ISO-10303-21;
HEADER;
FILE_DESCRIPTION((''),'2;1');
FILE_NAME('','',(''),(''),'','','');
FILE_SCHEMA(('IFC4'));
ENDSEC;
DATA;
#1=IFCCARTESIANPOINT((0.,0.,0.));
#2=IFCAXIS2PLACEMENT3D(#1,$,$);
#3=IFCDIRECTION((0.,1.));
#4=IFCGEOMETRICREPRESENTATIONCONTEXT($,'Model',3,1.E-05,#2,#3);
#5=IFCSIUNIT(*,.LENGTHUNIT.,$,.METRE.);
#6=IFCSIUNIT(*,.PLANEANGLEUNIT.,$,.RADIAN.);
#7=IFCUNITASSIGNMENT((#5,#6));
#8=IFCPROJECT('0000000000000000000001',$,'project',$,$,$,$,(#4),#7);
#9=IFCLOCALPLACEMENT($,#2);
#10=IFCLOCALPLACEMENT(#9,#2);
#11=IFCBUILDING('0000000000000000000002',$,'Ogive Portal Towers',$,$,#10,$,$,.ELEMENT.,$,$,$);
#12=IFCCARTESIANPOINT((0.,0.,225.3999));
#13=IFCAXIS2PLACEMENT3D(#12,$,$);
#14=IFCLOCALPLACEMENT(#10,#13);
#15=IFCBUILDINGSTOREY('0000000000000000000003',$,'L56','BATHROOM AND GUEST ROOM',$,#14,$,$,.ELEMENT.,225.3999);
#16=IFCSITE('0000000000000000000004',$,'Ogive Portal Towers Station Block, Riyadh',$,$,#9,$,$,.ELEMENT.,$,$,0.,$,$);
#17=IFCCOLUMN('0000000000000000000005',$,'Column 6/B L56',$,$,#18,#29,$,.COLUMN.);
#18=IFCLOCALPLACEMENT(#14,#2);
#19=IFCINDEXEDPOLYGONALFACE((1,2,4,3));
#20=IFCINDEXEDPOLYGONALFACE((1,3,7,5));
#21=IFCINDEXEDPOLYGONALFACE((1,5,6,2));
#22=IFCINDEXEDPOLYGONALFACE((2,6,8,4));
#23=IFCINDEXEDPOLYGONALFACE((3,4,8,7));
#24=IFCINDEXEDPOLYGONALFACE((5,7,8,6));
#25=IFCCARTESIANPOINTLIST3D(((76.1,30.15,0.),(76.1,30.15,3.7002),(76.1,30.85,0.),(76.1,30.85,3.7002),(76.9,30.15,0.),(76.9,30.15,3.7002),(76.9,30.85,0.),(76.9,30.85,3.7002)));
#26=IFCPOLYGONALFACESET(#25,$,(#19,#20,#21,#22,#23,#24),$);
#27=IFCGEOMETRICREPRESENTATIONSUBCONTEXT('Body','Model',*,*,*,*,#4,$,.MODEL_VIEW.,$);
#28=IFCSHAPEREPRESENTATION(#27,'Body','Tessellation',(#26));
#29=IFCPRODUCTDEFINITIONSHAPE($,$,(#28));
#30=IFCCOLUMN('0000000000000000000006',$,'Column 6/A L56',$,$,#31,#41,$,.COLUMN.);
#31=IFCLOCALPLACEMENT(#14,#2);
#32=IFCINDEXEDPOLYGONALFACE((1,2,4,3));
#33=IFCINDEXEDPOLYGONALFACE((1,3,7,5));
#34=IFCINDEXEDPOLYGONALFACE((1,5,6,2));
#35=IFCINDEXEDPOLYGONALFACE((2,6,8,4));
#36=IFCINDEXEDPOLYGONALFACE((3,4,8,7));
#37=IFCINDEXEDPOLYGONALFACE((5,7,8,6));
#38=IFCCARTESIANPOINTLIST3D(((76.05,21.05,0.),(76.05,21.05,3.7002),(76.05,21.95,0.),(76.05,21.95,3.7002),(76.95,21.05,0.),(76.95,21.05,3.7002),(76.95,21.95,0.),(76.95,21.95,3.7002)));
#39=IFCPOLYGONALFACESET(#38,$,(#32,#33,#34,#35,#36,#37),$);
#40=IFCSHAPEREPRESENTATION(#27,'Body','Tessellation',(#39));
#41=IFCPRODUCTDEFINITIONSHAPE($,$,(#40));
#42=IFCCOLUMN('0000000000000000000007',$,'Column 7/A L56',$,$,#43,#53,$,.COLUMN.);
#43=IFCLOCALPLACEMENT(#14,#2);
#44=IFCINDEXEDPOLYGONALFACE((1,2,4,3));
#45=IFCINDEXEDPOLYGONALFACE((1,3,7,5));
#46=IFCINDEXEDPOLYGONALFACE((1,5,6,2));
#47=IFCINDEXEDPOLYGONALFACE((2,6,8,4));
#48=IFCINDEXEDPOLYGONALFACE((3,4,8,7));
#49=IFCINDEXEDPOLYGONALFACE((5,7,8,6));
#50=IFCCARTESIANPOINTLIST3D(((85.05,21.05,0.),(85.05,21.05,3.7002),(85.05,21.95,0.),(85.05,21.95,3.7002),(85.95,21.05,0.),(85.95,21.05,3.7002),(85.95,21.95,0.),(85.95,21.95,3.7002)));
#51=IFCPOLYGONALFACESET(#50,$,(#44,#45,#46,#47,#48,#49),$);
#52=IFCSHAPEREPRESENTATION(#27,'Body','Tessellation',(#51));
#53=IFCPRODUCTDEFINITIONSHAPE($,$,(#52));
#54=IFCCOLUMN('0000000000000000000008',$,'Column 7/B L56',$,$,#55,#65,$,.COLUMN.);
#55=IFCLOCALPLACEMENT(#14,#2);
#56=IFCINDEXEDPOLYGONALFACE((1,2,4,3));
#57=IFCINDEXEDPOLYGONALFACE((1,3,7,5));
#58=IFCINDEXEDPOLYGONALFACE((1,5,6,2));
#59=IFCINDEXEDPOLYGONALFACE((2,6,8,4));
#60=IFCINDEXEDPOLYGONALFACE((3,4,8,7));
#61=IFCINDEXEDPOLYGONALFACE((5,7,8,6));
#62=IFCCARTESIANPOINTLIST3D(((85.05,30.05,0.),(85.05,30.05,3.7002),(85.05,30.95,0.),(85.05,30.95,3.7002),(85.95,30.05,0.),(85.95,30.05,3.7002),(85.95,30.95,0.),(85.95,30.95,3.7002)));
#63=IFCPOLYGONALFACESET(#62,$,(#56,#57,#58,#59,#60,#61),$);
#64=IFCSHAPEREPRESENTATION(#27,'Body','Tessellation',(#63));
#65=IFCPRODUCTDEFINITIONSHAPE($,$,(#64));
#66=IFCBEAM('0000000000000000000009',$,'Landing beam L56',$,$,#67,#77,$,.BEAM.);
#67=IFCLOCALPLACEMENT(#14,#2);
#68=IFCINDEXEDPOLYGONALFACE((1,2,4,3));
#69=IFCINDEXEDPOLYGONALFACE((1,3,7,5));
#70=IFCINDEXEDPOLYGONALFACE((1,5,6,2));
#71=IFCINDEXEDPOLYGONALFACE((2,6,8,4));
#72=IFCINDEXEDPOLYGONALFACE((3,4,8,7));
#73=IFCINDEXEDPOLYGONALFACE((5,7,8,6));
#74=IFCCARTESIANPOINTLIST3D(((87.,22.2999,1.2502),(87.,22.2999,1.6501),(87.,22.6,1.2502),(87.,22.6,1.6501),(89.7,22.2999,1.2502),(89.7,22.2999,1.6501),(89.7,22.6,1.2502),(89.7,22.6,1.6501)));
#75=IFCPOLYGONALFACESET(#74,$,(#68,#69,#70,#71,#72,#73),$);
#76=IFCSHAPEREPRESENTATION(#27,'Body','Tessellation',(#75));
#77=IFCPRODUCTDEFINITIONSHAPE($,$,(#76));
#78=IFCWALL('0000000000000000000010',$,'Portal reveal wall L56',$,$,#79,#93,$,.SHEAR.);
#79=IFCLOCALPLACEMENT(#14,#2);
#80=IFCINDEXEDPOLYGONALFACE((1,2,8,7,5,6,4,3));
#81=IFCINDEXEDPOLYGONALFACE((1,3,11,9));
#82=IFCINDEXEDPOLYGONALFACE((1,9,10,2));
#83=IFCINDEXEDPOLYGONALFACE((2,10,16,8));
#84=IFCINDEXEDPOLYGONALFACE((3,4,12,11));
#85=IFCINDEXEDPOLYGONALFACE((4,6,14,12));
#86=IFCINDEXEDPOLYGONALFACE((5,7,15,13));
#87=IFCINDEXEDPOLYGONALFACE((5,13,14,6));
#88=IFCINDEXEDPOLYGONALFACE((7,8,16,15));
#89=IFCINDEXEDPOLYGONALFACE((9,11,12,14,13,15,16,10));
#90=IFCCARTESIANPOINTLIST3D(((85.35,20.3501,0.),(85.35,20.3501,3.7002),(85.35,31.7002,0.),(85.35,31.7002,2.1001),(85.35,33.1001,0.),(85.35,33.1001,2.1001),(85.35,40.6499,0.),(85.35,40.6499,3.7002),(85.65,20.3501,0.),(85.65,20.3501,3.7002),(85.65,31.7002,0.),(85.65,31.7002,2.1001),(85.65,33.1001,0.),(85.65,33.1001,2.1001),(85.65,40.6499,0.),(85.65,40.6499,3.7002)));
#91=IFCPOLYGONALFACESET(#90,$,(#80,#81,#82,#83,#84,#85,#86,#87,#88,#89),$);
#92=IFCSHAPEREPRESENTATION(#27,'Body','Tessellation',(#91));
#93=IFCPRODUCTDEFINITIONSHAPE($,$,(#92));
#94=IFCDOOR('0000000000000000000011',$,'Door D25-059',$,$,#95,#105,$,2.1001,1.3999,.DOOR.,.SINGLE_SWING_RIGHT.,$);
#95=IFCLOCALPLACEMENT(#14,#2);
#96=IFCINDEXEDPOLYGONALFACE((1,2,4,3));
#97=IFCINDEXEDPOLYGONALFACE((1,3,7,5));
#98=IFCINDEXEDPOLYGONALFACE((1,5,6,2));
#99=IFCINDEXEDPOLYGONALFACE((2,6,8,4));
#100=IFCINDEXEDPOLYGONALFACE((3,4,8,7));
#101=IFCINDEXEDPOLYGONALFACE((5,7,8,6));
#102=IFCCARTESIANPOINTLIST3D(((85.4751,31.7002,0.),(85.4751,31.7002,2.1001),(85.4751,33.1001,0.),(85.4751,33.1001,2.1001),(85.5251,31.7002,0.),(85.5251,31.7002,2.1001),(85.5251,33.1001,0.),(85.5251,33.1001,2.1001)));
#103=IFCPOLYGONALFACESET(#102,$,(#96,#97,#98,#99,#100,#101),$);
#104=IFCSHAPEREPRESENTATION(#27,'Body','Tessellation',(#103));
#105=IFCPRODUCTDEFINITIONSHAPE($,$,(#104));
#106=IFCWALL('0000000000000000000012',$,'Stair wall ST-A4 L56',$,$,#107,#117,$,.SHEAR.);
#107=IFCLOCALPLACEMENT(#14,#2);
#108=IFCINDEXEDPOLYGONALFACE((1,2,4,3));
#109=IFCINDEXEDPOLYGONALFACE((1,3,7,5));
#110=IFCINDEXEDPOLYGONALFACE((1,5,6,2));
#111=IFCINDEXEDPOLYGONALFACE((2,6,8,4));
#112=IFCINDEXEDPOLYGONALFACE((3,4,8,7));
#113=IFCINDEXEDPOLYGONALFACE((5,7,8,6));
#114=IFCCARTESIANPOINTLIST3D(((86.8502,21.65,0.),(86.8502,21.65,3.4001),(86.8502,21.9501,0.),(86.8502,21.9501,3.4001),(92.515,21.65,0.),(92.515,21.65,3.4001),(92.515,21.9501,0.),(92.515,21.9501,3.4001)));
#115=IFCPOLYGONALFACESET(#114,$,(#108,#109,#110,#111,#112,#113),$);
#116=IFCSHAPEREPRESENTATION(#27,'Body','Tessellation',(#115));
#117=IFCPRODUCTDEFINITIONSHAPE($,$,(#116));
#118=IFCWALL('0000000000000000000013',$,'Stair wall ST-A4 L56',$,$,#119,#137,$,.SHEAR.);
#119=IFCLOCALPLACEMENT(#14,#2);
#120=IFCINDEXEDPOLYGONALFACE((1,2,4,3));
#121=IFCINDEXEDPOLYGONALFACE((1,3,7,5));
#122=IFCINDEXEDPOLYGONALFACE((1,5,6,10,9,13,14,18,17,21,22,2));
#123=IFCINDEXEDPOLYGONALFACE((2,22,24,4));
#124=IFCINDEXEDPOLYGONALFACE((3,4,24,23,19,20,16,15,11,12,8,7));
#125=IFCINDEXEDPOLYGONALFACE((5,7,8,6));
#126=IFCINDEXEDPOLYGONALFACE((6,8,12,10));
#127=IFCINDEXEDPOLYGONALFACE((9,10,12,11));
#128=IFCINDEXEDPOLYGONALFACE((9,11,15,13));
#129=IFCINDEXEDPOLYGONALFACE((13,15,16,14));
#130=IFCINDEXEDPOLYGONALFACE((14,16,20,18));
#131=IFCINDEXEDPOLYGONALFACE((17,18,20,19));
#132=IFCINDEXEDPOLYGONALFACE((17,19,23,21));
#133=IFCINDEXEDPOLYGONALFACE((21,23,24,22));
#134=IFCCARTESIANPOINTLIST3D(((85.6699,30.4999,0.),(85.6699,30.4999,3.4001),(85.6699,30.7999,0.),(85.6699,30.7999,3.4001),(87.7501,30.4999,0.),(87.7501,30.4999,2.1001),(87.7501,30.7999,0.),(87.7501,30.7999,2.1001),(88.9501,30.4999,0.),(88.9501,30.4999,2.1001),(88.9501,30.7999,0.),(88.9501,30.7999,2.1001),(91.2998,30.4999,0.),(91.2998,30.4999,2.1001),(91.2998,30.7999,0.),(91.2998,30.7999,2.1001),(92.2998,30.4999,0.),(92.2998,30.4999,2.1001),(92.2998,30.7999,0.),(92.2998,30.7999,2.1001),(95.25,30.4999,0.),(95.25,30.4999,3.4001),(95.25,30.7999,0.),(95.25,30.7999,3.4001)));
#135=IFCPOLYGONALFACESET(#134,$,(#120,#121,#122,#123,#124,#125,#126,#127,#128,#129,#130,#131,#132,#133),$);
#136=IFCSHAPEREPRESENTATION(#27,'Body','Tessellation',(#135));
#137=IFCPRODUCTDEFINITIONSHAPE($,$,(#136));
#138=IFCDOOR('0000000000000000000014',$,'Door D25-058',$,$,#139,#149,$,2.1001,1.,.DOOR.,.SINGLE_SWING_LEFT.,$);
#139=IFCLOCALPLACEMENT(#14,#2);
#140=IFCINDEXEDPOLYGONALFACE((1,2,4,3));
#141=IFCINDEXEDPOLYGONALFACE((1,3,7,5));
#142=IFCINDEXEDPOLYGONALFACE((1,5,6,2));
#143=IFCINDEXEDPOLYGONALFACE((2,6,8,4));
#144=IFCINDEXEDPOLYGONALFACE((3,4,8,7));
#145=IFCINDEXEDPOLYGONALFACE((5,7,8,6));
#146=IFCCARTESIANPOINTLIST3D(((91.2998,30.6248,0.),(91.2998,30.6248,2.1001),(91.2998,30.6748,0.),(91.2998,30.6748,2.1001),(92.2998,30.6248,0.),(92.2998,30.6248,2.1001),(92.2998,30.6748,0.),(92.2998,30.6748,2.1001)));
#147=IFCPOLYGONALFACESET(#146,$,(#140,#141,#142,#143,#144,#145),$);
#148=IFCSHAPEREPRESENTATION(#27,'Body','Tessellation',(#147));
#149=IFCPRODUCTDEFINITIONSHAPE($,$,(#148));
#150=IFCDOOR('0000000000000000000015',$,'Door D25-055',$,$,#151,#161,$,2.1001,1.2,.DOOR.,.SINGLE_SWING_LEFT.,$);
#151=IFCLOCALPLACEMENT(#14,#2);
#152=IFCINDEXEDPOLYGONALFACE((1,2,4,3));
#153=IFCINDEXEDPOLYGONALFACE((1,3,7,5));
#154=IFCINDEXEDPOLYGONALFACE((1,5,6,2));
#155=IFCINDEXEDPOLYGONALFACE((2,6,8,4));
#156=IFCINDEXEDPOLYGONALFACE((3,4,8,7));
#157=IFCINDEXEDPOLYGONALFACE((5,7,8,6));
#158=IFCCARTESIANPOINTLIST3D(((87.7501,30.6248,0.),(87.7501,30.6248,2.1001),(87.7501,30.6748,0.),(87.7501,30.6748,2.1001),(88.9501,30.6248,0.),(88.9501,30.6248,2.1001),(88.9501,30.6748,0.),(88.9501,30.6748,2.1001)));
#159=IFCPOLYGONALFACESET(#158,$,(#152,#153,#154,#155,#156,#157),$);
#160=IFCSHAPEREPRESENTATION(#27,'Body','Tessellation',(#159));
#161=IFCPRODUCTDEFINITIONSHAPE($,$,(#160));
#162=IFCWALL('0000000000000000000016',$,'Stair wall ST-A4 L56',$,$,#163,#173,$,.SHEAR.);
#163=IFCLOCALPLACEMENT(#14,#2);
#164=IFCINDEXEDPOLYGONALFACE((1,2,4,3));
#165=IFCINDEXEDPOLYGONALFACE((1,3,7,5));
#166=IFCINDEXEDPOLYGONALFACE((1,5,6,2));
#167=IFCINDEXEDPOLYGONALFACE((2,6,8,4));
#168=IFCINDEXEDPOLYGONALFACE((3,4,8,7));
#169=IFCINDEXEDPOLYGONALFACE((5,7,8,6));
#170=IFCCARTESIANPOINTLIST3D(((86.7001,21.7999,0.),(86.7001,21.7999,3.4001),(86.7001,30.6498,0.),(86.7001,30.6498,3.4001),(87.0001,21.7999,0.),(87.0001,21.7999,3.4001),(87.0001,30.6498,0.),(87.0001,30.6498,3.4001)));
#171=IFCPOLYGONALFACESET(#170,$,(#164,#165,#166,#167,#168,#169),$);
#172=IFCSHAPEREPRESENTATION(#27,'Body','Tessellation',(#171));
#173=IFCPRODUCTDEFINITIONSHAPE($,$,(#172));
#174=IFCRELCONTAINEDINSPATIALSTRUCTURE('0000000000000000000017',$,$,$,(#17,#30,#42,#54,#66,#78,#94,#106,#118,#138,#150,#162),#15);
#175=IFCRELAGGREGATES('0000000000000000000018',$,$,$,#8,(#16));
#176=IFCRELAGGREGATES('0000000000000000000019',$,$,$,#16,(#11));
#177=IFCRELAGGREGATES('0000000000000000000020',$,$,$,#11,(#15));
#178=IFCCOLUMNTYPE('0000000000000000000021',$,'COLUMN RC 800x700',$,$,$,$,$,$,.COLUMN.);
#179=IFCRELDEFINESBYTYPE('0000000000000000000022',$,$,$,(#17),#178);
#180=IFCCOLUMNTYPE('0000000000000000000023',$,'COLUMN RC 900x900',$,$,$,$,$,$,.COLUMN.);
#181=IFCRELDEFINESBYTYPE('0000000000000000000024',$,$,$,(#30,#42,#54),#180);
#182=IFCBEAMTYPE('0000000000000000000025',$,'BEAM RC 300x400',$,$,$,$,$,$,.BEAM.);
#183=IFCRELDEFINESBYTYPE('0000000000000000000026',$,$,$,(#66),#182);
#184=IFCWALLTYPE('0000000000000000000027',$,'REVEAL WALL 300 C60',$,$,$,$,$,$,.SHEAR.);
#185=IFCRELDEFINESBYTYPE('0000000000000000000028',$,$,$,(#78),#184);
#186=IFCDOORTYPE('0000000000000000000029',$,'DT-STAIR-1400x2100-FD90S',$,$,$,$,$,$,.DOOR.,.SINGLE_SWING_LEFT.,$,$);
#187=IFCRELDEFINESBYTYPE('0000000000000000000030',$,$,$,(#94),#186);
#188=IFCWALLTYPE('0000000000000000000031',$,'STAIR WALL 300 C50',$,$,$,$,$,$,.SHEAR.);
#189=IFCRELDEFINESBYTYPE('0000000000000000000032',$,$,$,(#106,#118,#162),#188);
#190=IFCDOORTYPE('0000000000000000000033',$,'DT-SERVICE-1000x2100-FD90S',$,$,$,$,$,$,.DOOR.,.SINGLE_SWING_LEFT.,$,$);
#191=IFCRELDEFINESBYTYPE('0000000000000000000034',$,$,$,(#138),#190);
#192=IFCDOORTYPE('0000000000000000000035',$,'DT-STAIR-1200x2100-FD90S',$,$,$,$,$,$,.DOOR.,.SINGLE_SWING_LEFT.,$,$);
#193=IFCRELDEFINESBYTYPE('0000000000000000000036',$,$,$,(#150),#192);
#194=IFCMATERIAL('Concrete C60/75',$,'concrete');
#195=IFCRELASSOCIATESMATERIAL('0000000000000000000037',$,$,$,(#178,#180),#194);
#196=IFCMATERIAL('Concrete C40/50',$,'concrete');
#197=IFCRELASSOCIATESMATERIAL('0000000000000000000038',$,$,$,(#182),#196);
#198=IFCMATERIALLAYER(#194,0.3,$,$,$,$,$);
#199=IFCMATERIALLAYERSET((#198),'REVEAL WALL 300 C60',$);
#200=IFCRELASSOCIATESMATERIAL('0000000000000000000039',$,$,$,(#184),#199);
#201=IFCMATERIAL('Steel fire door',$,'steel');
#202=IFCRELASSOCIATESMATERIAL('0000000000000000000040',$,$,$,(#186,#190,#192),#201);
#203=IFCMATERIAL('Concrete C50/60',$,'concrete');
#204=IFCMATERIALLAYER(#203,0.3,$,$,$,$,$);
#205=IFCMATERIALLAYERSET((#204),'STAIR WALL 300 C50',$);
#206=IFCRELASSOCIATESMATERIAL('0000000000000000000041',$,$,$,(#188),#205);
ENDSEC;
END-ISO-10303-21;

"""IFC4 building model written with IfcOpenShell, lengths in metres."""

from ifc_helpers import new_model, si_unit, direction, frame, frame_2d, origin, origin_2d, place, context, subcontext, project, spatial, rectangle, extrude, material, layer, layer_set, material_profile, profile_set, type_object, element, fill, save


model = new_model("IFC4")

# Units and contexts
model_context = context("Model", 3, precision=1e-05, world=origin(), true_north=direction((0.0, 1.0)))
body_context = subcontext(model_context, "Body", "Model", "MODEL_VIEW")
ifc_project = project(units=[si_unit("LENGTHUNIT", "METRE"), si_unit("PLANEANGLEUNIT", "RADIAN")], contexts=[model_context])

# Site, building, storey
site_placement = place(None, origin())
site = spatial("IfcSite", under=ifc_project, at=site_placement, Name="Ogive Portal Towers Station Block, Riyadh", CompositionType="ELEMENT", RefElevation=0.0)
building_placement = place(site_placement, origin())
building = spatial("IfcBuilding", under=site, at=building_placement, Name="Ogive Portal Towers", CompositionType="ELEMENT")
storey_placement = place(building_placement, frame((0.0, 0.0, 225.3999)))
storey = spatial("IfcBuildingStorey", under=building, at=storey_placement, Name="L56", Description="BATHROOM AND GUEST ROOM", CompositionType="ELEMENT", Elevation=225.3999)

# Columns
ifc_material_1 = material(Name="Concrete C60/75", Category="concrete")
ifc_material_profile_1 = material_profile(ifc_material_1, rectangle(XDim=0.8, YDim=0.7, at=origin_2d()), Name="RC 800x700")
ifc_profile_set_1 = profile_set([ifc_material_profile_1], Name="Concrete C60/75")
column_type_1 = type_object("IfcColumnType", Name="COLUMN RC 800x700", PredefinedType="COLUMN", material=ifc_profile_set_1)
column_placement = place(storey_placement, frame((76.5, 30.5, 0.0), z_axis=(0.0, 0.0, 1.0), x_axis=(1.0, 0.0, 0.0)))
element("IfcColumn", 1, at=column_placement, inside=storey, type_object=column_type_1, Name="Column 6/B L56", PredefinedType="COLUMN", context=body_context, shape_type="SweptSolid", body=[
    extrude(rectangle(XDim=0.8, YDim=0.7, at=origin_2d()), origin(), (0.0, 0.0, 1.0), 3.7002),
])
ifc_material_profile_2 = material_profile(ifc_material_1, rectangle(XDim=0.8999, YDim=0.8999, at=origin_2d()), Name="RC 900x900")
ifc_profile_set_2 = profile_set([ifc_material_profile_2], Name="Concrete C60/75")
column_type_2 = type_object("IfcColumnType", Name="COLUMN RC 900x900", PredefinedType="COLUMN", material=ifc_profile_set_2)
for number, where, z_axis, x_axis, name in (
    (2, (76.5, 21.5, 0.0), (0.0, 0.0, 1.0), (1.0, 0.0, 0.0), "Column 6/A L56"),
    (3, (85.5, 21.5, 0.0), (0.0, 0.0, 1.0), (1.0, 0.0, 0.0), "Column 7/A L56"),
    (4, (85.5, 30.5, 0.0), (0.0, 0.0, 1.0), (1.0, 0.0, 0.0), "Column 7/B L56"),
):
    element("IfcColumn", number, at=place(storey_placement, frame(where, z_axis=z_axis, x_axis=x_axis)), inside=storey, type_object=column_type_2, Name=name, PredefinedType="COLUMN", context=body_context, shape_type="SweptSolid", body=[
        extrude(rectangle(XDim=0.8999, YDim=0.8999, at=origin_2d()), origin(), (0.0, 0.0, 1.0), 3.7002),
    ])

# Beam
ifc_material_2 = material(Name="Concrete C40/50", Category="concrete")
ifc_material_profile_3 = material_profile(ifc_material_2, rectangle(XDim=0.3, YDim=0.3999, at=origin_2d()), Name="RC 300x400")
ifc_profile_set_3 = profile_set([ifc_material_profile_3], Name="Concrete C40/50")
beam_type = type_object("IfcBeamType", Name="BEAM RC 300x400", PredefinedType="BEAM", material=ifc_profile_set_3)
beam_placement = place(storey_placement, frame((87.0, 22.45, 1.4502), z_axis=(1.0, 0.0, 0.0), x_axis=(0.0, 1.0, 0.0)))
element("IfcBeam", 5, at=beam_placement, inside=storey, type_object=beam_type, Name="Landing beam L56", PredefinedType="BEAM", context=body_context, shape_type="SweptSolid", body=[
    extrude(rectangle(XDim=0.3, YDim=0.3999, at=origin_2d()), origin(), (0.0, 0.0, 1.0), 2.7),
])

# Wall, opening, door
ifc_layer_1 = layer(ifc_material_1, 0.3)
ifc_layer_set_1 = layer_set([ifc_layer_1], Name="REVEAL WALL 300 C60")
wall_type_1 = type_object("IfcWallType", Name="REVEAL WALL 300 C60", PredefinedType="SHEAR", material=ifc_layer_set_1)
wall_1_placement = place(storey_placement, frame((85.5, 20.3501, 0.0), z_axis=(0.0, 0.0, 1.0), x_axis=(0.0, 1.0, 0.0)))
wall_1 = element("IfcWall", 6, at=wall_1_placement, inside=storey, type_object=wall_type_1, Name="Portal reveal wall L56", PredefinedType="SHEAR", context=body_context, shape_type="SweptSolid", body=[
    extrude(rectangle(XDim=20.2998, YDim=0.3, at=frame_2d((10.1499, 0.0))), origin(), (0.0, 0.0, 1.0), 3.7002),
])
opening_1_placement = place(wall_1_placement, frame((11.3501, 0.0, 0.0)))
opening_1 = element("IfcOpeningElement", 7, at=opening_1_placement, cuts=wall_1, PredefinedType="OPENING", context=body_context, shape_type="SweptSolid", body=[
    extrude(rectangle(XDim=1.3999, YDim=2.1001, at=frame_2d((0.7, 1.05))), frame((0.0, 0.1602, 0.0), z_axis=(0.0, -1.0, 0.0), x_axis=(1.0, 0.0, 0.0)), (0.0, 0.0, 1.0), 0.3201),
])
ifc_material_3 = material(Name="Steel fire door", Category="steel")
door_type_1 = type_object("IfcDoorType", Name="DT-STAIR-1400x2100-FD90S", OperationType="SINGLE_SWING_LEFT", PredefinedType="DOOR", material=ifc_material_3)
door_1_placement = place(opening_1_placement, origin())
door_1 = element("IfcDoor", 8, at=door_1_placement, inside=storey, type_object=door_type_1, Name="Door D25-059", OperationType="SINGLE_SWING_RIGHT", OverallHeight=2.1001, OverallWidth=1.3999, PredefinedType="DOOR", context=body_context, shape_type="SweptSolid", body=[
    extrude(rectangle(XDim=1.3999, YDim=2.1001, at=frame_2d((0.7, 1.05))), frame((0.0, 0.0249, 0.0), z_axis=(0.0, -1.0, 0.0), x_axis=(1.0, 0.0, 0.0)), (0.0, 0.0, 1.0), 0.05),
])
fill(opening_1, door_1)

# Wall
ifc_material_4 = material(Name="Concrete C50/60", Category="concrete")
ifc_layer_2 = layer(ifc_material_4, 0.3)
ifc_layer_set_2 = layer_set([ifc_layer_2], Name="STAIR WALL 300 C50")
wall_type_2 = type_object("IfcWallType", Name="STAIR WALL 300 C50", PredefinedType="SHEAR", material=ifc_layer_set_2)
wall_2_placement = place(storey_placement, frame((86.8501, 21.8, 0.0), z_axis=(0.0, 0.0, 1.0), x_axis=(1.0, 0.0, 0.0)))
element("IfcWall", 9, at=wall_2_placement, inside=storey, type_object=wall_type_2, Name="Stair wall ST-A4 L56", PredefinedType="SHEAR", context=body_context, shape_type="SweptSolid", body=[
    extrude(rectangle(XDim=5.6648, YDim=0.3, at=frame_2d((2.8325, 0.0))), origin(), (0.0, 0.0, 1.0), 3.4001),
])

# Wall, openings, doors
wall_3_placement = place(storey_placement, frame((85.6699, 30.6499, 0.0), z_axis=(0.0, 0.0, 1.0), x_axis=(1.0, 0.0, 0.0)))
wall_3 = element("IfcWall", 10, at=wall_3_placement, inside=storey, type_object=wall_type_2, Name="Stair wall ST-A4 L56", PredefinedType="SHEAR", context=body_context, shape_type="SweptSolid", body=[
    extrude(rectangle(XDim=9.5801, YDim=0.3, at=frame_2d((4.79, 0.0))), origin(), (0.0, 0.0, 1.0), 3.4001),
])
opening_2_placement = place(wall_3_placement, frame((2.0801, 0.0, 0.0)))
opening_2 = element("IfcOpeningElement", 11, at=opening_2_placement, cuts=wall_3, PredefinedType="OPENING", context=body_context, shape_type="SweptSolid", body=[
    extrude(rectangle(XDim=1.2, YDim=2.1001, at=frame_2d((0.6001, 1.05))), frame((0.0, 0.1602, 0.0), z_axis=(0.0, -1.0, 0.0), x_axis=(1.0, 0.0, 0.0)), (0.0, 0.0, 1.0), 0.3201),
])
opening_3_placement = place(wall_3_placement, frame((5.6299, 0.0, 0.0)))
opening_3 = element("IfcOpeningElement", 12, at=opening_3_placement, cuts=wall_3, PredefinedType="OPENING", context=body_context, shape_type="SweptSolid", body=[
    extrude(rectangle(XDim=1.0, YDim=2.1001, at=frame_2d((0.5, 1.05))), frame((0.0, 0.1602, 0.0), z_axis=(0.0, -1.0, 0.0), x_axis=(1.0, 0.0, 0.0)), (0.0, 0.0, 1.0), 0.3201),
])
door_type_2 = type_object("IfcDoorType", Name="DT-SERVICE-1000x2100-FD90S", OperationType="SINGLE_SWING_LEFT", PredefinedType="DOOR", material=ifc_material_3)
door_2_placement = place(opening_3_placement, origin())
door_2 = element("IfcDoor", 13, at=door_2_placement, inside=storey, type_object=door_type_2, Name="Door D25-058", OperationType="SINGLE_SWING_LEFT", OverallHeight=2.1001, OverallWidth=1.0, PredefinedType="DOOR", context=body_context, shape_type="SweptSolid", body=[
    extrude(rectangle(XDim=1.0, YDim=2.1001, at=frame_2d((0.5, 1.05))), frame((0.0, 0.0249, 0.0), z_axis=(0.0, -1.0, 0.0), x_axis=(1.0, 0.0, 0.0)), (0.0, 0.0, 1.0), 0.05),
])
fill(opening_3, door_2)
door_type_3 = type_object("IfcDoorType", Name="DT-STAIR-1200x2100-FD90S", OperationType="SINGLE_SWING_LEFT", PredefinedType="DOOR", material=ifc_material_3)
door_3_placement = place(opening_2_placement, origin())
door_3 = element("IfcDoor", 14, at=door_3_placement, inside=storey, type_object=door_type_3, Name="Door D25-055", OperationType="SINGLE_SWING_LEFT", OverallHeight=2.1001, OverallWidth=1.2, PredefinedType="DOOR", context=body_context, shape_type="SweptSolid", body=[
    extrude(rectangle(XDim=1.2, YDim=2.1001, at=frame_2d((0.6001, 1.05))), frame((0.0, 0.0249, 0.0), z_axis=(0.0, -1.0, 0.0), x_axis=(1.0, 0.0, 0.0)), (0.0, 0.0, 1.0), 0.05),
])
fill(opening_2, door_3)

# Wall
wall_4_placement = place(storey_placement, frame((86.8501, 21.8, 0.0), z_axis=(0.0, 0.0, 1.0), x_axis=(0.0, 1.0, 0.0)))
element("IfcWall", 15, at=wall_4_placement, inside=storey, type_object=wall_type_2, Name="Stair wall ST-A4 L56", PredefinedType="SHEAR", context=body_context, shape_type="SweptSolid", body=[
    extrude(rectangle(XDim=8.8499, YDim=0.3, at=frame_2d((4.4248, 0.0))), origin(), (0.0, 0.0, 1.0), 3.4001),
])

save(model, "model.ifc")
